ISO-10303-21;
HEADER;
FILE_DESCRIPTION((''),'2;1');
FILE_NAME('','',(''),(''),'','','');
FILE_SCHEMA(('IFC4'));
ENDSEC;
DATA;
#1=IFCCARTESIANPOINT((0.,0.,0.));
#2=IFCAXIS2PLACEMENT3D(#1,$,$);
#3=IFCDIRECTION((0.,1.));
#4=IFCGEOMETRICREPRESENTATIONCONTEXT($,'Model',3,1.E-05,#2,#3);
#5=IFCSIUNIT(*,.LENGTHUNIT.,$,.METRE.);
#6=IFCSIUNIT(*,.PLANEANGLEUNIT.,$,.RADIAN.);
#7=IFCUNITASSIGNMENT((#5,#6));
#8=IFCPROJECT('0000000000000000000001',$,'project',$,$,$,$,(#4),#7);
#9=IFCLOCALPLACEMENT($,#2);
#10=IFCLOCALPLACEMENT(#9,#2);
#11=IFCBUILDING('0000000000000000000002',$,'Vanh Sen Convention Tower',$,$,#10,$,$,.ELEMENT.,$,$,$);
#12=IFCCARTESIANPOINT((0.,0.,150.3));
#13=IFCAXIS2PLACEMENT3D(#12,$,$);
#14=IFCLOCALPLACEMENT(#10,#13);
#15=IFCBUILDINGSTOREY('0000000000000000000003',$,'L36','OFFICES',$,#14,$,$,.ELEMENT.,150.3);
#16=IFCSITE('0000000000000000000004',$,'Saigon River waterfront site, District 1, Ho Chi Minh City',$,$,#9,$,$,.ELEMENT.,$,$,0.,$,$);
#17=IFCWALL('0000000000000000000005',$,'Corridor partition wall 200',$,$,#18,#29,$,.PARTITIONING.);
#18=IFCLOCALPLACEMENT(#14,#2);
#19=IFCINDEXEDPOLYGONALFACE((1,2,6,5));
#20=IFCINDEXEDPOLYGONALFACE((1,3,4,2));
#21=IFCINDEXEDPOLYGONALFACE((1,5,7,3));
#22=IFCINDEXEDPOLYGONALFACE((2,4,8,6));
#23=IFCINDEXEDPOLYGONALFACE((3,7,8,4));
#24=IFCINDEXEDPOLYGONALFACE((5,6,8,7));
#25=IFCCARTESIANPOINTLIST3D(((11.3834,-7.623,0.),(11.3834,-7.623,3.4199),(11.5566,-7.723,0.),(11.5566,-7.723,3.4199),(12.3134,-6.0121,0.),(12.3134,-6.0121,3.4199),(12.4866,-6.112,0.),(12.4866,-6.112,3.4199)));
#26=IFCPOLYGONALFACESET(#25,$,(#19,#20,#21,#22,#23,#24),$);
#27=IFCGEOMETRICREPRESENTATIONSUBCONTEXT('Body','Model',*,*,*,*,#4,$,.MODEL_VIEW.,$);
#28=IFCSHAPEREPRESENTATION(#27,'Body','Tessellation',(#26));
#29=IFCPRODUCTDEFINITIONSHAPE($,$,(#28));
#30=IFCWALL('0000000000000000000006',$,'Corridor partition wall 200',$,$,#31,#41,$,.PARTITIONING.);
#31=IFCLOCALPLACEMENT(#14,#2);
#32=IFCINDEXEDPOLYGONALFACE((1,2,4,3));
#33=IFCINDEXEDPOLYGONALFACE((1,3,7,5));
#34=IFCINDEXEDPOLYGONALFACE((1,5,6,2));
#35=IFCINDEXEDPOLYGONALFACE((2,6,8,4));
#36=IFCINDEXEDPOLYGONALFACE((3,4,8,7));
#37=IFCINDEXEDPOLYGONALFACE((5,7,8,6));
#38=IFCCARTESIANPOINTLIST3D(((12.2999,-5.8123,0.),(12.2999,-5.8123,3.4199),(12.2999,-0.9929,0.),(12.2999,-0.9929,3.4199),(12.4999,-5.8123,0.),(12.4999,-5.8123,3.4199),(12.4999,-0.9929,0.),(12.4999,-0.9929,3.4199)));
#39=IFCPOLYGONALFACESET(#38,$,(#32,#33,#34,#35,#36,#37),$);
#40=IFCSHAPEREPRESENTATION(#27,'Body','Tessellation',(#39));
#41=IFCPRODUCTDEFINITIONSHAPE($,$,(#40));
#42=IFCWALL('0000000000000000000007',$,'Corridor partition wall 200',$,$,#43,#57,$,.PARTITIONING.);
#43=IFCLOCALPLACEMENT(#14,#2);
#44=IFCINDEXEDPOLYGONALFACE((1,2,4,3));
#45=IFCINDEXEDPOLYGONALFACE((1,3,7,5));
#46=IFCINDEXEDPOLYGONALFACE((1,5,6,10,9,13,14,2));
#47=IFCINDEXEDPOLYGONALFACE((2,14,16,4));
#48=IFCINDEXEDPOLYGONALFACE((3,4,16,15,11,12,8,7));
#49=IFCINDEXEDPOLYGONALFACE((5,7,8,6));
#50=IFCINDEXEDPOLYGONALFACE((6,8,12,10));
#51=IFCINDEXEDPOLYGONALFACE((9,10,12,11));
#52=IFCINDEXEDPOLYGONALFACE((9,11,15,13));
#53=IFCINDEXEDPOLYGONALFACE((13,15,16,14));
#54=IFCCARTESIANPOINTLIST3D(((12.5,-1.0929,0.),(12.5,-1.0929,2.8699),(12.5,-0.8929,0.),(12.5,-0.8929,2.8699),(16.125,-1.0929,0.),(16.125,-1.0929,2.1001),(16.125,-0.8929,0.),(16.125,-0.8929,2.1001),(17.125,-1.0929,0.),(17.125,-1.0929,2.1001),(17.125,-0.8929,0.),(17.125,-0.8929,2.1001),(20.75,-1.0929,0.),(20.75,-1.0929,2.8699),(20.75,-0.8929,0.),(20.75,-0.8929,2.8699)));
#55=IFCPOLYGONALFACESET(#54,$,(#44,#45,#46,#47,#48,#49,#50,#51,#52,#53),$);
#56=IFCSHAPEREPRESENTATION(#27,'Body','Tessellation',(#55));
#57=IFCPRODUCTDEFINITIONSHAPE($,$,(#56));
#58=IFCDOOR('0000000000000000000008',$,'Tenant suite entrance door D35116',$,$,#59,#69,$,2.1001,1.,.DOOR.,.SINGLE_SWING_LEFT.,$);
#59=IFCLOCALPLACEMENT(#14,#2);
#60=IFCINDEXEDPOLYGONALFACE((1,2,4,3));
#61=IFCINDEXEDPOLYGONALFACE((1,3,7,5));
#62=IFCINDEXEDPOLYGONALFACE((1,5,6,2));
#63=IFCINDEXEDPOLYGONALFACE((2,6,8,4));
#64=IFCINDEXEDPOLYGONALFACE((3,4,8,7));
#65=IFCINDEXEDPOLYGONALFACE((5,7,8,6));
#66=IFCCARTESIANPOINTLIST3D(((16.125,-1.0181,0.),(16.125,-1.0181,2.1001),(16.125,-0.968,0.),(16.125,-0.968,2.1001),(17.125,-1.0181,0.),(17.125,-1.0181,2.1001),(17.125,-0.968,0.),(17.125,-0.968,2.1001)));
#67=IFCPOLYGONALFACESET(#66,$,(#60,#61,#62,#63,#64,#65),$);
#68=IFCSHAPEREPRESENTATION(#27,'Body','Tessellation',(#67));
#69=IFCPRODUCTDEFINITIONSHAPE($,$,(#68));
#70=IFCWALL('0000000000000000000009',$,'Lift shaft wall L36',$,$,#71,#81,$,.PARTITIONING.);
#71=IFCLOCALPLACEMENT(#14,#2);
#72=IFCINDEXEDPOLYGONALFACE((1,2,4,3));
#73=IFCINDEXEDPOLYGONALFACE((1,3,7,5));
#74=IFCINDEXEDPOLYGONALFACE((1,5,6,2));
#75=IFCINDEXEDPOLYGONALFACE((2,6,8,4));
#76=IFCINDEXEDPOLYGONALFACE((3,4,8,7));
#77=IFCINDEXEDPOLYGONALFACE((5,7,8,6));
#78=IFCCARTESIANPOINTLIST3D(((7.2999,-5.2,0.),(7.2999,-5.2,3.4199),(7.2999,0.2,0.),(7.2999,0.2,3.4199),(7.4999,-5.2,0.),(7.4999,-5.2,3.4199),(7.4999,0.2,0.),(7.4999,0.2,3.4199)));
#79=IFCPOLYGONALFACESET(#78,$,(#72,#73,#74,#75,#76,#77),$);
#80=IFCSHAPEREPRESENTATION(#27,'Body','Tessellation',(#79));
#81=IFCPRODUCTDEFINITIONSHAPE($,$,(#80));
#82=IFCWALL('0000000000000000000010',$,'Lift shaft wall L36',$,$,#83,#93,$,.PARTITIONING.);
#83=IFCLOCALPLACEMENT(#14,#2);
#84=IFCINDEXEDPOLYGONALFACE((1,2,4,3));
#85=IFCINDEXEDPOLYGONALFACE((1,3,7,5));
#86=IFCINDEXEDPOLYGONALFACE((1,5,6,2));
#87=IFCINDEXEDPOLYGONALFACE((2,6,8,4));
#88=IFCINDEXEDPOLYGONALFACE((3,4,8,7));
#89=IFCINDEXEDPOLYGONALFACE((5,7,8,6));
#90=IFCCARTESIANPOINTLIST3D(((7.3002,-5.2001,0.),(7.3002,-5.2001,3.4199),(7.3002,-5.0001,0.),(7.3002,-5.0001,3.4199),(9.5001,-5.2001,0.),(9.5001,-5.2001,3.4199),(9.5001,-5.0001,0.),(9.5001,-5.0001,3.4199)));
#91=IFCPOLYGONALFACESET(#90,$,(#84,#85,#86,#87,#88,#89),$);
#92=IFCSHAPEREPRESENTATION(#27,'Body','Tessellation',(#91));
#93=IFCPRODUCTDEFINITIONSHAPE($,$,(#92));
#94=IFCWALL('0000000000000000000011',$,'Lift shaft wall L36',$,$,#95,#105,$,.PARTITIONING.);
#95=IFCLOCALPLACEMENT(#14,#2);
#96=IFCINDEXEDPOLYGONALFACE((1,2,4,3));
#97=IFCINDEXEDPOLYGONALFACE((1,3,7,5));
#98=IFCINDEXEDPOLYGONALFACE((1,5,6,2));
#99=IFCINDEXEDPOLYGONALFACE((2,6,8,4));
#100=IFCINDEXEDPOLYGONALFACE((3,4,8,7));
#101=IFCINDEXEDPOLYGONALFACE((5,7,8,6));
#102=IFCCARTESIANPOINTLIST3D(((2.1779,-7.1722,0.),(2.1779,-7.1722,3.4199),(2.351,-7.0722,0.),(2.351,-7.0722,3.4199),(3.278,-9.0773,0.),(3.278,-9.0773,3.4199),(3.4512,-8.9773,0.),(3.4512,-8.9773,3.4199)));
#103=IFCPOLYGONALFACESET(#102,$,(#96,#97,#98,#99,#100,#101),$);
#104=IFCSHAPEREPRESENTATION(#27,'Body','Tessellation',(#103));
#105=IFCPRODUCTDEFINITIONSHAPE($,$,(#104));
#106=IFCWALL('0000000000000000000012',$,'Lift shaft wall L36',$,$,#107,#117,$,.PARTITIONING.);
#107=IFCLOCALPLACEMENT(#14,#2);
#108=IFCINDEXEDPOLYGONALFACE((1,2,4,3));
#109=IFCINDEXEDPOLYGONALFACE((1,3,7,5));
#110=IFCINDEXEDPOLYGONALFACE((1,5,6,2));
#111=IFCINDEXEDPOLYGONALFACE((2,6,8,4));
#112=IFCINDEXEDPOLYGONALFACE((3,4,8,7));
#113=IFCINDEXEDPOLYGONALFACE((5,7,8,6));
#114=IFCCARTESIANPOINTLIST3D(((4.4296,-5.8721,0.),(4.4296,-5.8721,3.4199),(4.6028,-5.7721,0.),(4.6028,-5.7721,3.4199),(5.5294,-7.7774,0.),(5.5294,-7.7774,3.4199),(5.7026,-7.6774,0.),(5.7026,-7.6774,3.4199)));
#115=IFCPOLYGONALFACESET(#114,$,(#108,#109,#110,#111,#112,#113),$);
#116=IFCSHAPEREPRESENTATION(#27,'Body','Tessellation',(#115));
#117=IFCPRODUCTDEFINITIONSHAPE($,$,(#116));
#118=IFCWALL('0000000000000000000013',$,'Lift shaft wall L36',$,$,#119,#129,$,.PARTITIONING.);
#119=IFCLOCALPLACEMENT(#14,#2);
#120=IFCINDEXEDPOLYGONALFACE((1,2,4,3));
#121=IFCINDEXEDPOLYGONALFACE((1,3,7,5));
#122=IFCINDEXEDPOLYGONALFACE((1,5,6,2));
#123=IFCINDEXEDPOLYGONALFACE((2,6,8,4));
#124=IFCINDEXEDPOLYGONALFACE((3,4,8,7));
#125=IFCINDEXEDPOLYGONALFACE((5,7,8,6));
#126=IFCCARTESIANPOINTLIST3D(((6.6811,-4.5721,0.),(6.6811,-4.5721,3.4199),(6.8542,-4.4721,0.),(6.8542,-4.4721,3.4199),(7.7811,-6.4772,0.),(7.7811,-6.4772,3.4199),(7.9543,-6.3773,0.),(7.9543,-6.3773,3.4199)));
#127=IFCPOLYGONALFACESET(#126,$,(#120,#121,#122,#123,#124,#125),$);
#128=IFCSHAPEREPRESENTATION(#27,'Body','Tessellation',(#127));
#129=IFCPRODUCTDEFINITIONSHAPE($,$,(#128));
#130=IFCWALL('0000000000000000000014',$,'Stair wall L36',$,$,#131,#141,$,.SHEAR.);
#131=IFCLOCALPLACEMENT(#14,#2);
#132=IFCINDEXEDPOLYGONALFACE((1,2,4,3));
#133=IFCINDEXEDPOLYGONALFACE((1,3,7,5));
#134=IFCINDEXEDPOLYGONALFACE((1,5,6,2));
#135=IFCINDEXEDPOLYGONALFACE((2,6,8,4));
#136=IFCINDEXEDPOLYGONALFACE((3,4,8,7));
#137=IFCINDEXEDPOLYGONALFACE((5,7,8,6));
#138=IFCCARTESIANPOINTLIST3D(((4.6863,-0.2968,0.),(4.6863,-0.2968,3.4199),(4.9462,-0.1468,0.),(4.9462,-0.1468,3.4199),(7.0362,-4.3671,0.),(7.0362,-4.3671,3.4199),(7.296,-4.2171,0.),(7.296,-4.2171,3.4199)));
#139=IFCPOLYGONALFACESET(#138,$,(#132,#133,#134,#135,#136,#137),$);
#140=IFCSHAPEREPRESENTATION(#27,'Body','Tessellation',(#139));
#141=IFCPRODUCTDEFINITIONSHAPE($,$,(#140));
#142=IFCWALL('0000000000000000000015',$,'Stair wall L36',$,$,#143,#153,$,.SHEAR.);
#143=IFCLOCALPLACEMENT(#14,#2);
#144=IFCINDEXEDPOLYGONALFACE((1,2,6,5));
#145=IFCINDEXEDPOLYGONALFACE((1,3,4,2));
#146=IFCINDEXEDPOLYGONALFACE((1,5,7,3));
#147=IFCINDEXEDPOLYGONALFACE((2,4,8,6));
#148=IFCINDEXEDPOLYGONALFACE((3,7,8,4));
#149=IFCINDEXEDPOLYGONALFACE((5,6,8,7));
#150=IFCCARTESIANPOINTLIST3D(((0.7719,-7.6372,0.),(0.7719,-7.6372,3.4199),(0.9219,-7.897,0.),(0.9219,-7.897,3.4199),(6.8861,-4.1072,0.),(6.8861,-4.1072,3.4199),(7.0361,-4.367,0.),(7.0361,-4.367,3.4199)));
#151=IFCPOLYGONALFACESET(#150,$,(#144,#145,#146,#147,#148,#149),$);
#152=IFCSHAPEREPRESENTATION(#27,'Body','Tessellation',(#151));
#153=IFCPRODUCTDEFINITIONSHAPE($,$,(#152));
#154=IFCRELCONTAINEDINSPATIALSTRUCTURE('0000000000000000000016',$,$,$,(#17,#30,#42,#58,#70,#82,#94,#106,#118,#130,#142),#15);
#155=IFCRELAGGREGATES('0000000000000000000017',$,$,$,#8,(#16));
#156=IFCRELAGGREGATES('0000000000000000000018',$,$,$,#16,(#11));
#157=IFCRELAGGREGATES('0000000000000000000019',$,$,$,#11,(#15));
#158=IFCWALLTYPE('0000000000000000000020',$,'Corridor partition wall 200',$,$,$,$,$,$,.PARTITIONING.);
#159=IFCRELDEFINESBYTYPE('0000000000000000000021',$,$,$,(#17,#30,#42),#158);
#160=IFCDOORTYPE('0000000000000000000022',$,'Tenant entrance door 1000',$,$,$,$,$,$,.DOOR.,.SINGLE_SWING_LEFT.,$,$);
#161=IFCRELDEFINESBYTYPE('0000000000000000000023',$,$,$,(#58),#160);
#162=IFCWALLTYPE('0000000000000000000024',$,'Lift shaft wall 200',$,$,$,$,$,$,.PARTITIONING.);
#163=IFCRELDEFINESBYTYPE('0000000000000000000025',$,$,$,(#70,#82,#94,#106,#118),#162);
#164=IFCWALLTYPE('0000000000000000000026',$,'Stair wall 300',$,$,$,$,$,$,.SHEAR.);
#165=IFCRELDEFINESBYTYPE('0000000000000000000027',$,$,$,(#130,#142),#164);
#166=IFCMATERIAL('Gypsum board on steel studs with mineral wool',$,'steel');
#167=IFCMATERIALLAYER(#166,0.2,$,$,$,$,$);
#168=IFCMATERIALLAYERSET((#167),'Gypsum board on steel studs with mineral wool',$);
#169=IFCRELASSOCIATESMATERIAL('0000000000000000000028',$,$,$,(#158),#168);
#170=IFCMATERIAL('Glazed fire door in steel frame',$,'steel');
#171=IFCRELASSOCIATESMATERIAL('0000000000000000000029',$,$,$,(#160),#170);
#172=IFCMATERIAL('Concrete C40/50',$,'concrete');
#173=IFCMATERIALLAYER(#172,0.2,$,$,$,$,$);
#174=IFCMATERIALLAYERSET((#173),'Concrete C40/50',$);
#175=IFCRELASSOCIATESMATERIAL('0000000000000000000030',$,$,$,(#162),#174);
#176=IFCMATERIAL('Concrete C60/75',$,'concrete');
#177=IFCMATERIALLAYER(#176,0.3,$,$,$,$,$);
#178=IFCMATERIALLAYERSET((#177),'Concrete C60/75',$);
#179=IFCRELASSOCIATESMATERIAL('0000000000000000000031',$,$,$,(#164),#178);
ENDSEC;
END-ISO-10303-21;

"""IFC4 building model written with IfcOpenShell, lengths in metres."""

from ifc_helpers import new_model, si_unit, direction, frame, frame_2d, origin, place, context, subcontext, project, spatial, rectangle, extrude, material, layer, layer_set, type_object, element, fill, save


model = new_model("IFC4")

# Units and contexts
model_context = context("Model", 3, precision=1e-05, world=origin(), true_north=direction((0.0, 1.0)))
body_context = subcontext(model_context, "Body", "Model", "MODEL_VIEW")
ifc_project = project(units=[si_unit("LENGTHUNIT", "METRE"), si_unit("PLANEANGLEUNIT", "RADIAN")], contexts=[model_context])

# Site, building, storey
site_placement = place(None, origin())
site = spatial("IfcSite", under=ifc_project, at=site_placement, Name="Saigon River waterfront site, District 1, Ho Chi Minh City", CompositionType="ELEMENT", RefElevation=0.0)
building_placement = place(site_placement, origin())
building = spatial("IfcBuilding", under=site, at=building_placement, Name="Vanh Sen Convention Tower", CompositionType="ELEMENT")
storey_placement = place(building_placement, frame((0.0, 0.0, 150.3)))
storey = spatial("IfcBuildingStorey", under=building, at=storey_placement, Name="L36", Description="OFFICES", CompositionType="ELEMENT", Elevation=150.3)

# Walls
ifc_material_1 = material(Name="Gypsum board on steel studs with mineral wool", Category="steel")
ifc_layer_1 = layer(ifc_material_1, 0.2)
ifc_layer_set_1 = layer_set([ifc_layer_1], Name="Gypsum board on steel studs with mineral wool")
wall_type_1 = type_object("IfcWallType", Name="Corridor partition wall 200", PredefinedType="PARTITIONING", material=ifc_layer_set_1)
wall_1_placement = place(storey_placement, frame((11.47, -7.6731, 0.0), z_axis=(0.0, 0.0, 1.0), x_axis=(0.499965, 0.866046, 0.0)))
element("IfcWall", 1, at=wall_1_placement, inside=storey, type_object=wall_type_1, Name="Corridor partition wall 200", PredefinedType="PARTITIONING", context=body_context, shape_type="SweptSolid", body=[
    extrude(rectangle(XDim=1.8601, YDim=0.2, at=frame_2d((0.9302, 0.0))), origin(), (0.0, 0.0, 1.0), 3.4199),
])
wall_2_placement = place(storey_placement, frame((12.3999, -5.8123, 0.0), z_axis=(0.0, 0.0, 1.0), x_axis=(0.0, 1.0, 0.0)))
element("IfcWall", 2, at=wall_2_placement, inside=storey, type_object=wall_type_1, Name="Corridor partition wall 200", PredefinedType="PARTITIONING", context=body_context, shape_type="SweptSolid", body=[
    extrude(rectangle(XDim=4.8193, YDim=0.2, at=frame_2d((2.4097, 0.0))), origin(), (0.0, 0.0, 1.0), 3.4199),
])

# Wall, opening, door
wall_3_placement = place(storey_placement, frame((12.5, -0.9929, 0.0), z_axis=(0.0, 0.0, 1.0), x_axis=(1.0, 0.0, 0.0)))
wall_3 = element("IfcWall", 3, at=wall_3_placement, inside=storey, type_object=wall_type_1, Name="Corridor partition wall 200", PredefinedType="PARTITIONING", context=body_context, shape_type="SweptSolid", body=[
    extrude(rectangle(XDim=8.25, YDim=0.2, at=frame_2d((4.125, 0.0))), origin(), (0.0, 0.0, 1.0), 2.8699),
])
opening_1_placement = place(wall_3_placement, frame((3.625, 0.0, 0.0)))
opening_1 = element("IfcOpeningElement", 4, at=opening_1_placement, cuts=wall_3, PredefinedType="OPENING", context=body_context, shape_type="SweptSolid", body=[
    extrude(rectangle(XDim=1.0, YDim=2.1001, at=frame_2d((0.5, 1.05))), frame((0.0, 0.1099, 0.0), z_axis=(0.0, -1.0, 0.0), x_axis=(1.0, 0.0, 0.0)), (0.0, 0.0, 1.0), 0.22),
])
ifc_material_2 = material(Name="Glazed fire door in steel frame", Category="steel")
door_type_1 = type_object("IfcDoorType", Name="Tenant entrance door 1000", OperationType="SINGLE_SWING_LEFT", PredefinedType="DOOR", material=ifc_material_2)
door_1_placement = place(opening_1_placement, origin())
door_1 = element("IfcDoor", 5, at=door_1_placement, inside=storey, type_object=door_type_1, Name="Tenant suite entrance door D35116", OperationType="SINGLE_SWING_LEFT", OverallHeight=2.1001, OverallWidth=1.0, PredefinedType="DOOR", context=body_context, shape_type="SweptSolid", body=[
    extrude(rectangle(XDim=1.0, YDim=2.1001, at=frame_2d((0.5, 1.05))), frame((0.0, 0.0249, 0.0), z_axis=(0.0, -1.0, 0.0), x_axis=(1.0, 0.0, 0.0)), (0.0, 0.0, 1.0), 0.05),
])
fill(opening_1, door_1)

# Walls
ifc_material_3 = material(Name="Concrete C40/50", Category="concrete")
ifc_layer_2 = layer(ifc_material_3, 0.2)
ifc_layer_set_2 = layer_set([ifc_layer_2], Name="Concrete C40/50")
wall_type_2 = type_object("IfcWallType", Name="Lift shaft wall 200", PredefinedType="PARTITIONING", material=ifc_layer_set_2)
wall_4_placement = place(storey_placement, frame((7.3999, -5.2, 0.0), z_axis=(0.0, 0.0, 1.0), x_axis=(0.0, 1.0, 0.0)))
element("IfcWall", 6, at=wall_4_placement, inside=storey, type_object=wall_type_2, Name="Lift shaft wall L36", PredefinedType="PARTITIONING", context=body_context, shape_type="SweptSolid", body=[
    extrude(rectangle(XDim=5.3999, YDim=0.2, at=frame_2d((2.7, 0.0))), origin(), (0.0, 0.0, 1.0), 3.4199),
])
for number, where, z_axis, x_axis, name in (
    (7, (7.3, -5.1001, 0.0), (0.0, 0.0, 1.0), (1.0, 0.0, 0.0), "Lift shaft wall L36"),
    (8, (2.2644, -7.1221, 0.0), (0.0, 0.0, 1.0), (0.500078, -0.86598, 0.0), "Lift shaft wall L36"),
    (9, (4.5161, -5.822, 0.0), (0.0, 0.0, 1.0), (0.499947, -0.866056, 0.0), "Lift shaft wall L36"),
    (10, (6.7676, -4.522, 0.0), (0.0, 0.0, 1.0), (0.50003, -0.866008, 0.0), "Lift shaft wall L36"),
):
    element("IfcWall", number, at=place(storey_placement, frame(where, z_axis=z_axis, x_axis=x_axis)), inside=storey, type_object=wall_type_2, Name=name, PredefinedType="PARTITIONING", context=body_context, shape_type="SweptSolid", body=[
        extrude(rectangle(XDim=2.2, YDim=0.2, at=frame_2d((1.1001, 0.0))), origin(), (0.0, 0.0, 1.0), 3.4199),
    ])
ifc_material_4 = material(Name="Concrete C60/75", Category="concrete")
ifc_layer_3 = layer(ifc_material_4, 0.3)
ifc_layer_set_3 = layer_set([ifc_layer_3], Name="Concrete C60/75")
wall_type_3 = type_object("IfcWallType", Name="Stair wall 300", PredefinedType="SHEAR", material=ifc_layer_set_3)
wall_5_placement = place(storey_placement, frame((4.8162, -0.2217, 0.0), z_axis=(0.0, 0.0, 1.0), x_axis=(0.499977, -0.866039, 0.0)))
element("IfcWall", 11, at=wall_5_placement, inside=storey, type_object=wall_type_3, Name="Stair wall L36", PredefinedType="SHEAR", context=body_context, shape_type="SweptSolid", body=[
    extrude(rectangle(XDim=4.7, YDim=0.3, at=frame_2d((2.3501, 0.0))), origin(), (0.0, 0.0, 1.0), 3.4199),
])
wall_6_placement = place(storey_placement, frame((0.8469, -7.7671, 0.0), z_axis=(0.0, 0.0, 1.0), x_axis=(0.866028, 0.499996, 0.0)))
element("IfcWall", 12, at=wall_6_placement, inside=storey, type_object=wall_type_3, Name="Stair wall L36", PredefinedType="SHEAR", context=body_context, shape_type="SweptSolid", body=[
    extrude(rectangle(XDim=7.0601, YDim=0.3, at=frame_2d((3.53, 0.0))), origin(), (0.0, 0.0, 1.0), 3.4199),
])

save(model, "model.ifc")
